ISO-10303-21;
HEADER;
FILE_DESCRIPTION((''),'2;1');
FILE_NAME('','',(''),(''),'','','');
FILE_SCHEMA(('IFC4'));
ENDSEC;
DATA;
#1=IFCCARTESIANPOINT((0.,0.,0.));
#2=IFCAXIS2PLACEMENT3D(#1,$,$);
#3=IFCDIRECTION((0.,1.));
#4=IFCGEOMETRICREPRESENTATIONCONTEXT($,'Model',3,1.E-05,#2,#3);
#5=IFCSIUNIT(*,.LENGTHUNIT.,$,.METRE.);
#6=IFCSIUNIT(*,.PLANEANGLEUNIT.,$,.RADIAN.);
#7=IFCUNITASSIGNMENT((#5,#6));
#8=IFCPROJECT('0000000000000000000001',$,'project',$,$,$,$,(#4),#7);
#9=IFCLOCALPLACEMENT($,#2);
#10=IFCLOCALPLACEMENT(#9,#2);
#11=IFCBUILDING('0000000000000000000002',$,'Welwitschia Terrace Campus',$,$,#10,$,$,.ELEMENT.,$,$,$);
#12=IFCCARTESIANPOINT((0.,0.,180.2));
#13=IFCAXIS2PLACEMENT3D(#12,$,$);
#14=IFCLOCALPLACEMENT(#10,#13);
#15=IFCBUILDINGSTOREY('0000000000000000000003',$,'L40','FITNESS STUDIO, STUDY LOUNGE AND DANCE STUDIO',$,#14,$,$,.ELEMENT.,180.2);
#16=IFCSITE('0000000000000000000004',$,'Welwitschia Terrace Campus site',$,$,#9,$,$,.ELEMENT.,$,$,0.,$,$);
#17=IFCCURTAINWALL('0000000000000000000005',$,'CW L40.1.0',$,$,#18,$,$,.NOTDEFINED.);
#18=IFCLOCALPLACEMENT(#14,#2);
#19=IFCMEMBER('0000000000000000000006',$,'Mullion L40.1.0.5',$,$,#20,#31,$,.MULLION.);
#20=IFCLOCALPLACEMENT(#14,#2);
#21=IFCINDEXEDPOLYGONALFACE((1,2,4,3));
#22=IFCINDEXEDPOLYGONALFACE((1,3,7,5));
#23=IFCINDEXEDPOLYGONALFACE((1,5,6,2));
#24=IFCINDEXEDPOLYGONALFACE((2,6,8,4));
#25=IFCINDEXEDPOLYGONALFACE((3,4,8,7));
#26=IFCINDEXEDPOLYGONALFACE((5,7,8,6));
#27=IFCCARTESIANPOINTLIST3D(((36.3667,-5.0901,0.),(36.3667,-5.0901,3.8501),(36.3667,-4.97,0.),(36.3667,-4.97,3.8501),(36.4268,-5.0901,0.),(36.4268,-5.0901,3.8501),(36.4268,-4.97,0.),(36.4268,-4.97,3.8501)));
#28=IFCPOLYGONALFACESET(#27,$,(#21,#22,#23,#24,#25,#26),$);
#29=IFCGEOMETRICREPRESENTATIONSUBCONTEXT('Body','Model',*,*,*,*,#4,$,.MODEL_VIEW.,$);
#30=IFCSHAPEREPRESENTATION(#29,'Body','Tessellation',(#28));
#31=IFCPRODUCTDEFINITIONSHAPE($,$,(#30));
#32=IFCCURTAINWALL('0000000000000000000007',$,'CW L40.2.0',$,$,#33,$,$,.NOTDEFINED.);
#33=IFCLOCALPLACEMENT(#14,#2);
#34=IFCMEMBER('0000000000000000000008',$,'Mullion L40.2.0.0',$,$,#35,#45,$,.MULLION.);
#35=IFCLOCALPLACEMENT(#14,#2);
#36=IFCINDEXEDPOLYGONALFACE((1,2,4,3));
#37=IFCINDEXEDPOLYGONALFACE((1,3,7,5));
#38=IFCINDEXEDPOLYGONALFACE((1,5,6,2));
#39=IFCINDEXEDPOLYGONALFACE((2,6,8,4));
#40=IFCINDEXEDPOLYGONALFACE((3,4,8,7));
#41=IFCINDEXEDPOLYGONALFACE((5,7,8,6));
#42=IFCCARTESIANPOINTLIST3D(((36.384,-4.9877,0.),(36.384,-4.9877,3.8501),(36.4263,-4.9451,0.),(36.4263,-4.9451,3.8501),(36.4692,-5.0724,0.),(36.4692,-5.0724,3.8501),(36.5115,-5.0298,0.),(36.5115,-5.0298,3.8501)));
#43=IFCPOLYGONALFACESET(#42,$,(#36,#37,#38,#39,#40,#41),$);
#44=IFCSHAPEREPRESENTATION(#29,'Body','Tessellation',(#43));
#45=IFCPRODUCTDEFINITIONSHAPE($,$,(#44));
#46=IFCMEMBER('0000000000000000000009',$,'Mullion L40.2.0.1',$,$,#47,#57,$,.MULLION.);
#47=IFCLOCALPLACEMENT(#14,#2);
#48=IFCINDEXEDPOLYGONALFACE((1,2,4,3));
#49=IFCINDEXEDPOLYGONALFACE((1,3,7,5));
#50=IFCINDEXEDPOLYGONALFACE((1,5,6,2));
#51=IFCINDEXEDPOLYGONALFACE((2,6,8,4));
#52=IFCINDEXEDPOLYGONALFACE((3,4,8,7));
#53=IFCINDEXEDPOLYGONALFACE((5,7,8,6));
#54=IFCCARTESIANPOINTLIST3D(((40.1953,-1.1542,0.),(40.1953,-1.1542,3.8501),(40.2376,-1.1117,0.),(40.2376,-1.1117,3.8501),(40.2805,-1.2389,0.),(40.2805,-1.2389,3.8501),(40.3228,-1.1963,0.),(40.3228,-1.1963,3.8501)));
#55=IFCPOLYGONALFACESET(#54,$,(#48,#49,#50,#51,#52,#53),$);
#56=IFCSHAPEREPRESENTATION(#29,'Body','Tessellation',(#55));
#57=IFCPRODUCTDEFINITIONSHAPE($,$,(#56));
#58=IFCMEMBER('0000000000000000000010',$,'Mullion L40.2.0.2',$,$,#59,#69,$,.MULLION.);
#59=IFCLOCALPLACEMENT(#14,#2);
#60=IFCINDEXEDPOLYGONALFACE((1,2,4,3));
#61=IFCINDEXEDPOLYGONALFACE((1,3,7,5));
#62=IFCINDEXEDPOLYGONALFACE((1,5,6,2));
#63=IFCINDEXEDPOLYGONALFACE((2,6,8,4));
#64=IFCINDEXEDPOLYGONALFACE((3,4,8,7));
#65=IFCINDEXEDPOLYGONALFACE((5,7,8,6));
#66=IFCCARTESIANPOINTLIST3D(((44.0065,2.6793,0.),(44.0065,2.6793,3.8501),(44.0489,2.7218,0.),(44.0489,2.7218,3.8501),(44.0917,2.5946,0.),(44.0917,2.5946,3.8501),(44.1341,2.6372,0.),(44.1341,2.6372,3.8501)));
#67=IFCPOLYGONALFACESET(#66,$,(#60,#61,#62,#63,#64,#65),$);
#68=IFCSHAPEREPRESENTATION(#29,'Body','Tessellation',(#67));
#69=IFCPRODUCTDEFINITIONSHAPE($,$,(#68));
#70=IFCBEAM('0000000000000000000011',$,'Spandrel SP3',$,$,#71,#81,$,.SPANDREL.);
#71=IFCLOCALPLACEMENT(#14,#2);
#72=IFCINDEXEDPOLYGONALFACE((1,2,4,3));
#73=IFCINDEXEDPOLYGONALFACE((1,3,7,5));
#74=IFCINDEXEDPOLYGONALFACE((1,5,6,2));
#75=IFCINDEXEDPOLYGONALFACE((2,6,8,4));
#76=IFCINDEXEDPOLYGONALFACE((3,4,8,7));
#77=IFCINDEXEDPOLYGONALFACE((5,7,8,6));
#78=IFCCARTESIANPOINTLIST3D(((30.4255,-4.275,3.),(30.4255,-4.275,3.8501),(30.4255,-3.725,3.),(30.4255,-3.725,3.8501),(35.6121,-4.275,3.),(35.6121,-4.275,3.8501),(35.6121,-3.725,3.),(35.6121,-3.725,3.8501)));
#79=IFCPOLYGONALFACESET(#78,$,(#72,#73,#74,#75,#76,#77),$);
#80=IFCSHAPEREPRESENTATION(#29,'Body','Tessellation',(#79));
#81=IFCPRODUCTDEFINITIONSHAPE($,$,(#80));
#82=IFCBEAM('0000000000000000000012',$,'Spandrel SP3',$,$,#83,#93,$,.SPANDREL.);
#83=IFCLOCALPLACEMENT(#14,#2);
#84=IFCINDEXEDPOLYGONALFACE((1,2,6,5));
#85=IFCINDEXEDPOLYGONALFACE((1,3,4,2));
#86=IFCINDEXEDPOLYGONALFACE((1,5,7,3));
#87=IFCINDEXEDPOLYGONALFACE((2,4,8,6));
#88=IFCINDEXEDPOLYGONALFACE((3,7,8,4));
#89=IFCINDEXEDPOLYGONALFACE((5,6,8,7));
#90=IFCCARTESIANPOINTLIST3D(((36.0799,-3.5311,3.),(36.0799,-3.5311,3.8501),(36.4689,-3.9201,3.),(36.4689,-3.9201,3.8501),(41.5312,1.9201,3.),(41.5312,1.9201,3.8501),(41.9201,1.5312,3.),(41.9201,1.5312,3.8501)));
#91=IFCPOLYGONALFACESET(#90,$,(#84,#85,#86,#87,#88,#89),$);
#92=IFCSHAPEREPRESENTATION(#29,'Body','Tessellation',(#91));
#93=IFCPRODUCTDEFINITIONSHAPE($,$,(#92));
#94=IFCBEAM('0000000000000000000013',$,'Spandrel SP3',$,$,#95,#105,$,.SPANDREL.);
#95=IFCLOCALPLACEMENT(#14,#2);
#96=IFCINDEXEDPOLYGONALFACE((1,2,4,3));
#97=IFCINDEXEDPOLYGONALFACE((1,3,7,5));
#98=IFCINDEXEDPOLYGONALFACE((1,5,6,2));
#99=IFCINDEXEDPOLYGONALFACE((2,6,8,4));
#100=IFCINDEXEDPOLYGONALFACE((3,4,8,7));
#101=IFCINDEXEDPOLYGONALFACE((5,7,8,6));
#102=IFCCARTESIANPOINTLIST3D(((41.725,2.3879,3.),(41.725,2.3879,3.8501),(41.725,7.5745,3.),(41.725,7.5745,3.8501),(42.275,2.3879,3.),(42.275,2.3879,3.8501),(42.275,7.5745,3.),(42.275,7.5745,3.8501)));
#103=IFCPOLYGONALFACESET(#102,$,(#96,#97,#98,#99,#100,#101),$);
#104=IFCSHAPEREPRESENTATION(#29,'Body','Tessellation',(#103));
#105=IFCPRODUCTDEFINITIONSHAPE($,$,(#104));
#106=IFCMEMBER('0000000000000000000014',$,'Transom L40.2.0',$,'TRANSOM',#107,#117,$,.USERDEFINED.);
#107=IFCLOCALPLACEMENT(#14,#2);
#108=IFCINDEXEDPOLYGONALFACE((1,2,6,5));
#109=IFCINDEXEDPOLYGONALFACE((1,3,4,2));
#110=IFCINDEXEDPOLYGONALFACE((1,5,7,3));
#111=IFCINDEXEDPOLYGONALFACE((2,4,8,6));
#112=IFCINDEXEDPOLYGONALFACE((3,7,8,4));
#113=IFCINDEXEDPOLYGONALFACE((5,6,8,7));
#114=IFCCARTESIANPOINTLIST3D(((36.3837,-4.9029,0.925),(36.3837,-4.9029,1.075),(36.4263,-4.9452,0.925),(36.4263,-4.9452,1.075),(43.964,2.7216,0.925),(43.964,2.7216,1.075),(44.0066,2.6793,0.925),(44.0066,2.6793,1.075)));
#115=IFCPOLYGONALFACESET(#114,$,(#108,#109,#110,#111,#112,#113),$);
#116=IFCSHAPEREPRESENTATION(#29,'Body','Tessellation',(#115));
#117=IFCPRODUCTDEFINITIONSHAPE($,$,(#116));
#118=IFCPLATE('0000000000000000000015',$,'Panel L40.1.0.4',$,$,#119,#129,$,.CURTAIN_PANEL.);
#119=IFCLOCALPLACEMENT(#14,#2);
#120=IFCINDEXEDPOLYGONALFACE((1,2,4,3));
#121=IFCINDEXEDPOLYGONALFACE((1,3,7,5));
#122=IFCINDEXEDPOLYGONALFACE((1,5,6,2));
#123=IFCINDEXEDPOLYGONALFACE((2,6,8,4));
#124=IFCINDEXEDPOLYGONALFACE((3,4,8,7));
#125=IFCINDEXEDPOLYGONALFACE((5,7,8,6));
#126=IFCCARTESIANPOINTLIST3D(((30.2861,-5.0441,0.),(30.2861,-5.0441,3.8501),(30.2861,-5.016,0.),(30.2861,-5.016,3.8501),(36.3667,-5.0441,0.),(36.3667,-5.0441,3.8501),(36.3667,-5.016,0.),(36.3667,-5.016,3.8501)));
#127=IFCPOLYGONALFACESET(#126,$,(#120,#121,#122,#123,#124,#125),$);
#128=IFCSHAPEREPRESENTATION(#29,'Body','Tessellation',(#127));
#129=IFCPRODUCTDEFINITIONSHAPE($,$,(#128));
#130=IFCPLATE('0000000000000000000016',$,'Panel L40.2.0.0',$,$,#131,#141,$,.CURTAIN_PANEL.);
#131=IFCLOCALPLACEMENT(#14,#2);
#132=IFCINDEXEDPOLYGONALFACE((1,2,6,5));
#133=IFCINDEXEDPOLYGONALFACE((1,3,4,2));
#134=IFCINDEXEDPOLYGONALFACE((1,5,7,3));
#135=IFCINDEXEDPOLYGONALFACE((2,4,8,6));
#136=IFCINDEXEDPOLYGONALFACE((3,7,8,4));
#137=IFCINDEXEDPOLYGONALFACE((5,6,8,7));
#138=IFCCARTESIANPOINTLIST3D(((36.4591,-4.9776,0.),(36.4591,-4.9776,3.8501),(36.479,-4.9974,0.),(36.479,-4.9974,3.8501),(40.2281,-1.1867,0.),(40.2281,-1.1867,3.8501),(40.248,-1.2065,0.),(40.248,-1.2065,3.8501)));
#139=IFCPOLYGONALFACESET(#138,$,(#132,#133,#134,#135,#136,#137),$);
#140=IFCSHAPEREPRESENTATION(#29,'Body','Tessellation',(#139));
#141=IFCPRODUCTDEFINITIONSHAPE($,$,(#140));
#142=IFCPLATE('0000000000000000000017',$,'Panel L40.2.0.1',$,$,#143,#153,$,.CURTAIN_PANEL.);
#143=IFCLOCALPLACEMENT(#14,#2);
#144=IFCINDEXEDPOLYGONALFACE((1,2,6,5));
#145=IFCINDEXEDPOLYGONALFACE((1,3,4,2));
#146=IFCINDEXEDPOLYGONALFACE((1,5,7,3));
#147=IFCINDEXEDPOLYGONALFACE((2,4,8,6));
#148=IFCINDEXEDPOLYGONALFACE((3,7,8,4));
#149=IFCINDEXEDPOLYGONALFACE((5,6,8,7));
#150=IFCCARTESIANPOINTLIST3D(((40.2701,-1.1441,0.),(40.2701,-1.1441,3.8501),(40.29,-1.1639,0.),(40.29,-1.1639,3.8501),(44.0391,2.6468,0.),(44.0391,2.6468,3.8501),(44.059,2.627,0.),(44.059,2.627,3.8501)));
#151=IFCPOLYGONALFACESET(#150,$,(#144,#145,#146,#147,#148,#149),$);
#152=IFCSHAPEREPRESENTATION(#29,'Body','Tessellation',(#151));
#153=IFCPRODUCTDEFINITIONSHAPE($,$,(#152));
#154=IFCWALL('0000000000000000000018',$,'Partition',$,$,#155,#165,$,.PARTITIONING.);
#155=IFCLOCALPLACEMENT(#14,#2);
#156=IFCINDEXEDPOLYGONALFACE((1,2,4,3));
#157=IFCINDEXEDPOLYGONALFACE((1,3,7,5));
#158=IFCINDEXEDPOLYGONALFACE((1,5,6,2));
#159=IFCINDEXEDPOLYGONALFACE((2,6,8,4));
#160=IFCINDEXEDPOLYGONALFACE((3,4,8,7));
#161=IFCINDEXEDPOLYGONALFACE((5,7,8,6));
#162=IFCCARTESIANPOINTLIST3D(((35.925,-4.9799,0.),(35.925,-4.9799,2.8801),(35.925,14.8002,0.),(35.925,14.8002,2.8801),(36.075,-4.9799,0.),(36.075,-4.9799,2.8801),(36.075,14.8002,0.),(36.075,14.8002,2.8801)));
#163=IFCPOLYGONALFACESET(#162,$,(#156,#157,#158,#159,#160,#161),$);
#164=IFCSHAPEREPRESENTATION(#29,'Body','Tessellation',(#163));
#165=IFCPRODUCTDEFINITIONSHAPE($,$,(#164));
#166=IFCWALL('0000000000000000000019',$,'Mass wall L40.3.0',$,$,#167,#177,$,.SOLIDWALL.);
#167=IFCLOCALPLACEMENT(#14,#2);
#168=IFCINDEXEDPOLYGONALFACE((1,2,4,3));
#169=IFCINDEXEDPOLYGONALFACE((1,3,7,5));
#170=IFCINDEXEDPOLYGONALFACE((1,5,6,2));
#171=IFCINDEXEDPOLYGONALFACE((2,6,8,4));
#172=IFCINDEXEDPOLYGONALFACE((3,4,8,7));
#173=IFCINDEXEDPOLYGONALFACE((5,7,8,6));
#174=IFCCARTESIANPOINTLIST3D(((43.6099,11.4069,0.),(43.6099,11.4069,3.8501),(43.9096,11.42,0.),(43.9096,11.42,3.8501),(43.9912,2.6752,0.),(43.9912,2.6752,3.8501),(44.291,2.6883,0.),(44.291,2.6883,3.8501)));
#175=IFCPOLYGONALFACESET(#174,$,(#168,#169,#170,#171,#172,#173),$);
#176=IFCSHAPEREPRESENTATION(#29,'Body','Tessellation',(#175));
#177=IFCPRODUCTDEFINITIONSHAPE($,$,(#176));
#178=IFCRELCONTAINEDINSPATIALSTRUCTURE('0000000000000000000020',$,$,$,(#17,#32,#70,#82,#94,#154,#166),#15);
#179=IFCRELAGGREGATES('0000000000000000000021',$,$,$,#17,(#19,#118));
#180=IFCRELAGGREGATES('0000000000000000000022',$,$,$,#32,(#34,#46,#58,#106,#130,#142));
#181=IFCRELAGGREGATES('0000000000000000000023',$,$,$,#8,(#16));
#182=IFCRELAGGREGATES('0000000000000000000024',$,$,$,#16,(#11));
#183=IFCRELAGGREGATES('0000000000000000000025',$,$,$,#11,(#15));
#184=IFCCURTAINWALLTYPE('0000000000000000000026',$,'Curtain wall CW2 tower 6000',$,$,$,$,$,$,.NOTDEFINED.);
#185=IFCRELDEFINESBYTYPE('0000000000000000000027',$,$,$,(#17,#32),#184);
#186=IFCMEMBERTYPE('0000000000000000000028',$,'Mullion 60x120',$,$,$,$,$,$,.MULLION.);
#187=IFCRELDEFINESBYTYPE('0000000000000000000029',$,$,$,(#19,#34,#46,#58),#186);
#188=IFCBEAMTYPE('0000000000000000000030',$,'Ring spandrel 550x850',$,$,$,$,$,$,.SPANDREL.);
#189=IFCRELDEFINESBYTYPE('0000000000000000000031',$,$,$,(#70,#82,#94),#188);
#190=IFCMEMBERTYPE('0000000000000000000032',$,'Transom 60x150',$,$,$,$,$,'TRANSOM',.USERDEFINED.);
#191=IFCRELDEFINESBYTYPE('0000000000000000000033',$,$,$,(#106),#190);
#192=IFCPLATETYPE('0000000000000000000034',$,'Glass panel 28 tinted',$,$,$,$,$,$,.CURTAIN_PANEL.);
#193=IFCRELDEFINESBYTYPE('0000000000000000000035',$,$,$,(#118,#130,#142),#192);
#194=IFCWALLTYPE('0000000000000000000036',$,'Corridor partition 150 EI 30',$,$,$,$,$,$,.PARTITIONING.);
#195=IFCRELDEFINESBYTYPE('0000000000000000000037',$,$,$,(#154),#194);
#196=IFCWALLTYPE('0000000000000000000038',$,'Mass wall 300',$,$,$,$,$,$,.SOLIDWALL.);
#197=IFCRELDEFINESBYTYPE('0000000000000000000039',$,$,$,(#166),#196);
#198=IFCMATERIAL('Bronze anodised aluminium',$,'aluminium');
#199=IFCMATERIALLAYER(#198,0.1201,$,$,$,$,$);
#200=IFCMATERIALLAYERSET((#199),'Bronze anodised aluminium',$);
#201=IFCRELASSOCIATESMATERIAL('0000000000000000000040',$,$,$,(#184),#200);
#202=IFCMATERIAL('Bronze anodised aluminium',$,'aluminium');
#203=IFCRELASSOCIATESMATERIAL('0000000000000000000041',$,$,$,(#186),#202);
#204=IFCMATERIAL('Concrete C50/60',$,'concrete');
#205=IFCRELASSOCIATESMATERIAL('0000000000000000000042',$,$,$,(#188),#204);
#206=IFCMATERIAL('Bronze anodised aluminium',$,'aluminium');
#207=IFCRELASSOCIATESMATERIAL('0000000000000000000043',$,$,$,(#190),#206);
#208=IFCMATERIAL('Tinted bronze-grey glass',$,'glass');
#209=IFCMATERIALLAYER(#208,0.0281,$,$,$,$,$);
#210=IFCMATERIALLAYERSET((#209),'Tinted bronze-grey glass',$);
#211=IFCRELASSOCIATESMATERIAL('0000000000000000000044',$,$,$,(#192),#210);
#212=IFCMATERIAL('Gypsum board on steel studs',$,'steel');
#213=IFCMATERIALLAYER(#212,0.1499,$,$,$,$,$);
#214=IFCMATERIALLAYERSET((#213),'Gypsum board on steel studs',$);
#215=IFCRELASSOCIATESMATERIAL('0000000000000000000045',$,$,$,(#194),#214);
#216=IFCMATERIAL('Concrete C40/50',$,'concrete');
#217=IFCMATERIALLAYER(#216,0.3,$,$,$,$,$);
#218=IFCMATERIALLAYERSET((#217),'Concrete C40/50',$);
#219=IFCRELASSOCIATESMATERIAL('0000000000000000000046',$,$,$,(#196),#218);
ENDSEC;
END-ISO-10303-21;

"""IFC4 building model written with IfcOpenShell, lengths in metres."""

from ifc_helpers import new_model, si_unit, direction, frame, frame_2d, origin, origin_2d, place, context, subcontext, project, spatial, rectangle, extrude, material, layer, layer_set, material_profile, profile_set, type_object, element, aggregate, save


model = new_model("IFC4")

# Units and contexts
model_context = context("Model", 3, precision=1e-05, world=origin(), true_north=direction((0.0, 1.0)))
body_context = subcontext(model_context, "Body", "Model", "MODEL_VIEW")
ifc_project = project(units=[si_unit("LENGTHUNIT", "METRE"), si_unit("PLANEANGLEUNIT", "RADIAN")], contexts=[model_context])

# Site, building, storey
site_placement = place(None, origin())
site = spatial("IfcSite", under=ifc_project, at=site_placement, Name="Welwitschia Terrace Campus site", CompositionType="ELEMENT", RefElevation=0.0)
building_placement = place(site_placement, origin())
building = spatial("IfcBuilding", under=site, at=building_placement, Name="Welwitschia Terrace Campus", CompositionType="ELEMENT")
storey_placement = place(building_placement, frame((0.0, 0.0, 180.2)))
storey = spatial("IfcBuildingStorey", under=building, at=storey_placement, Name="L40", Description="FITNESS STUDIO, STUDY LOUNGE AND DANCE STUDIO", CompositionType="ELEMENT", Elevation=180.2)

# Curtain walls, members
ifc_material_1 = material(Name="Bronze anodised aluminium", Category="aluminium")
ifc_layer_1 = layer(ifc_material_1, 0.1201)
ifc_layer_set_1 = layer_set([ifc_layer_1], Name="Bronze anodised aluminium")
curtain_wall_type = type_object("IfcCurtainWallType", Name="Curtain wall CW2 tower 6000", PredefinedType="NOTDEFINED", material=ifc_layer_set_1)
curtain_wall_1_placement = place(storey_placement, origin())
curtain_wall_1 = element("IfcCurtainWall", 1, at=curtain_wall_1_placement, inside=storey, type_object=curtain_wall_type, Name="CW L40.1.0", PredefinedType="NOTDEFINED")
ifc_material_2 = material(Name="Bronze anodised aluminium", Category="aluminium")
ifc_material_profile_1 = material_profile(ifc_material_2, rectangle(XDim=0.1201, YDim=0.0601, at=origin_2d()))
ifc_profile_set_1 = profile_set([ifc_material_profile_1], Name="Bronze anodised aluminium")
member_type_1 = type_object("IfcMemberType", Name="Mullion 60x120", PredefinedType="MULLION", material=ifc_profile_set_1)
member_1_placement = place(storey_placement, frame((36.3967, -5.03, 0.0), z_axis=(0.0, 0.0, 1.0), x_axis=(0.0, 1.0, 0.0)))
member_1 = element("IfcMember", 2, at=member_1_placement, type_object=member_type_1, Name="Mullion L40.1.0.5", PredefinedType="MULLION", context=body_context, shape_type="SweptSolid", body=[
    extrude(rectangle(XDim=0.1201, YDim=0.0601, at=origin_2d()), origin(), (0.0, 0.0, 1.0), 3.8501),
])
curtain_wall_2_placement = place(storey_placement, origin())
curtain_wall_2 = element("IfcCurtainWall", 3, at=curtain_wall_2_placement, inside=storey, type_object=curtain_wall_type, Name="CW L40.2.0", PredefinedType="NOTDEFINED")
member_2_placement = place(storey_placement, frame((36.4478, -5.0088, 0.0), z_axis=(0.0, 0.0, 1.0), x_axis=(-0.709159, 0.705049, 0.0)))
member_2 = element("IfcMember", 4, at=member_2_placement, type_object=member_type_1, Name="Mullion L40.2.0.0", PredefinedType="MULLION", context=body_context, shape_type="SweptSolid", body=[
    extrude(rectangle(XDim=0.1201, YDim=0.0601, at=origin_2d()), origin(), (0.0, 0.0, 1.0), 3.8501),
])
member_3_placement = place(storey_placement, frame((40.259, -1.1753, 0.0), z_axis=(0.0, 0.0, 1.0), x_axis=(-0.709159, 0.705049, 0.0)))
member_3 = element("IfcMember", 5, at=member_3_placement, type_object=member_type_1, Name="Mullion L40.2.0.1", PredefinedType="MULLION", context=body_context, shape_type="SweptSolid", body=[
    extrude(rectangle(XDim=0.1201, YDim=0.0601, at=origin_2d()), origin(), (0.0, 0.0, 1.0), 3.8501),
])
member_4_placement = place(storey_placement, frame((44.0703, 2.6582, 0.0), z_axis=(0.0, 0.0, 1.0), x_axis=(-0.709159, 0.705049, 0.0)))
member_4 = element("IfcMember", 6, at=member_4_placement, type_object=member_type_1, Name="Mullion L40.2.0.2", PredefinedType="MULLION", context=body_context, shape_type="SweptSolid", body=[
    extrude(rectangle(XDim=0.1201, YDim=0.0601, at=origin_2d()), origin(), (0.0, 0.0, 1.0), 3.8501),
])

# Beams
ifc_material_3 = material(Name="Concrete C50/60", Category="concrete")
ifc_material_profile_2 = material_profile(ifc_material_3, rectangle(XDim=0.55, YDim=0.8501, at=origin_2d()))
ifc_profile_set_2 = profile_set([ifc_material_profile_2], Name="Concrete C50/60")
beam_type_1 = type_object("IfcBeamType", Name="Ring spandrel 550x850", PredefinedType="SPANDREL", material=ifc_profile_set_2)
beam_1_placement = place(storey_placement, frame((30.4255, -4.0, 3.425), z_axis=(1.0, 0.0, 0.0), x_axis=(0.0, 1.0, 0.0)))
element("IfcBeam", 7, at=beam_1_placement, inside=storey, type_object=beam_type_1, Name="Spandrel SP3", PredefinedType="SPANDREL", context=body_context, shape_type="SweptSolid", body=[
    extrude(rectangle(XDim=0.55, YDim=0.8501, at=origin_2d()), origin(), (0.0, 0.0, 1.0), 5.1865),
])
beam_2_placement = place(storey_placement, frame((36.2744, -3.7256, 3.425), z_axis=(0.707107, 0.707107, 0.0), x_axis=(-0.707107, 0.707107, 0.0)))
element("IfcBeam", 8, at=beam_2_placement, inside=storey, type_object=beam_type_1, Name="Spandrel SP3", PredefinedType="SPANDREL", context=body_context, shape_type="SweptSolid", body=[
    extrude(rectangle(XDim=0.55, YDim=0.8501, at=origin_2d()), origin(), (0.0, 0.0, 1.0), 7.7092),
])
beam_3_placement = place(storey_placement, frame((42.0, 2.3879, 3.425), z_axis=(0.0, 1.0, 0.0), x_axis=(-1.0, 0.0, 0.0)))
element("IfcBeam", 9, at=beam_3_placement, inside=storey, type_object=beam_type_1, Name="Spandrel SP3", PredefinedType="SPANDREL", context=body_context, shape_type="SweptSolid", body=[
    extrude(rectangle(XDim=0.55, YDim=0.8501, at=origin_2d()), origin(), (0.0, 0.0, 1.0), 5.1865),
])

# Member
ifc_material_4 = material(Name="Bronze anodised aluminium", Category="aluminium")
ifc_material_profile_3 = material_profile(ifc_material_4, rectangle(XDim=0.0601, YDim=0.1499, at=origin_2d()))
ifc_profile_set_3 = profile_set([ifc_material_profile_3], Name="Bronze anodised aluminium")
member_type_2 = type_object("IfcMemberType", Name="Transom 60x150", ElementType="TRANSOM", PredefinedType="USERDEFINED", material=ifc_profile_set_3)
member_5_placement = place(storey_placement, frame((36.405, -4.9241, 1.0), z_axis=(0.705049, 0.709159, 0.0), x_axis=(-0.709159, 0.705049, 0.0)))
member_5 = element("IfcMember", 10, at=member_5_placement, type_object=member_type_2, Name="Transom L40.2.0", ObjectType="TRANSOM", PredefinedType="USERDEFINED", context=body_context, shape_type="SweptSolid", body=[
    extrude(rectangle(XDim=0.0601, YDim=0.1499, at=origin_2d()), origin(), (0.0, 0.0, 1.0), 10.7515),
])

# Plates
ifc_material_5 = material(Name="Tinted bronze-grey glass", Category="glass")
ifc_layer_2 = layer(ifc_material_5, 0.0281)
ifc_layer_set_2 = layer_set([ifc_layer_2], Name="Tinted bronze-grey glass")
plate_type = type_object("IfcPlateType", Name="Glass panel 28 tinted", PredefinedType="CURTAIN_PANEL", material=ifc_layer_set_2)
plate_1_placement = place(storey_placement, frame((33.3264, -5.03, 0.0), z_axis=(0.0, 0.0, 1.0), x_axis=(1.0, 0.0, 0.0)))
plate_1 = element("IfcPlate", 11, at=plate_1_placement, type_object=plate_type, Name="Panel L40.1.0.4", PredefinedType="CURTAIN_PANEL", context=body_context, shape_type="SweptSolid", body=[
    extrude(rectangle(XDim=6.0806, YDim=0.0281, at=origin_2d()), origin(), (0.0, 0.0, 1.0), 3.8501),
])
aggregate(curtain_wall_1, [member_1, plate_1])
plate_2_placement = place(storey_placement, frame((38.3535, -3.092, 0.0), z_axis=(0.0, 0.0, 1.0), x_axis=(0.705049, 0.709159, 0.0)))
plate_2 = element("IfcPlate", 12, at=plate_2_placement, type_object=plate_type, Name="Panel L40.2.0.0", PredefinedType="CURTAIN_PANEL", context=body_context, shape_type="SweptSolid", body=[
    extrude(rectangle(XDim=5.3457, YDim=0.0281, at=origin_2d()), origin(), (0.0, 0.0, 1.0), 3.8501),
])
plate_3_placement = place(storey_placement, frame((42.1646, 0.7415, 0.0), z_axis=(0.0, 0.0, 1.0), x_axis=(0.705049, 0.709159, 0.0)))
plate_3 = element("IfcPlate", 13, at=plate_3_placement, type_object=plate_type, Name="Panel L40.2.0.1", PredefinedType="CURTAIN_PANEL", context=body_context, shape_type="SweptSolid", body=[
    extrude(rectangle(XDim=5.3457, YDim=0.0281, at=origin_2d()), origin(), (0.0, 0.0, 1.0), 3.8501),
])
aggregate(curtain_wall_2, [member_2, member_3, member_4, member_5, plate_2, plate_3])

# Walls
ifc_material_6 = material(Name="Gypsum board on steel studs", Category="steel")
ifc_layer_3 = layer(ifc_material_6, 0.1499)
ifc_layer_set_3 = layer_set([ifc_layer_3], Name="Gypsum board on steel studs")
wall_type_1 = type_object("IfcWallType", Name="Corridor partition 150 EI 30", PredefinedType="PARTITIONING", material=ifc_layer_set_3)
wall_1_placement = place(storey_placement, frame((36.0, -4.98, 0.0), z_axis=(0.0, 0.0, 1.0), x_axis=(0.0, 1.0, 0.0)))
element("IfcWall", 14, at=wall_1_placement, inside=storey, type_object=wall_type_1, Name="Partition", PredefinedType="PARTITIONING", context=body_context, shape_type="SweptSolid", body=[
    extrude(rectangle(XDim=19.78, YDim=0.1499, at=frame_2d((9.8901, 0.0))), origin(), (0.0, 0.0, 1.0), 2.8801),
])
ifc_material_7 = material(Name="Concrete C40/50", Category="concrete")
ifc_layer_4 = layer(ifc_material_7, 0.3)
ifc_layer_set_4 = layer_set([ifc_layer_4], Name="Concrete C40/50")
wall_type_2 = type_object("IfcWallType", Name="Mass wall 300", PredefinedType="SOLIDWALL", material=ifc_layer_set_4)
wall_2_placement = place(storey_placement, frame((44.1411, 2.6816, 0.0), z_axis=(0.0, 0.0, 1.0), x_axis=(-0.043632, 0.999048, 0.0)))
element("IfcWall", 15, at=wall_2_placement, inside=storey, type_object=wall_type_2, Name="Mass wall L40.3.0", PredefinedType="SOLIDWALL", context=body_context, shape_type="SweptSolid", body=[
    extrude(rectangle(XDim=8.74, YDim=0.3, at=frame_2d((4.3701, 0.0))), origin(), (0.0, 0.0, 1.0), 3.8501),
])

save(model, "model.ifc")
